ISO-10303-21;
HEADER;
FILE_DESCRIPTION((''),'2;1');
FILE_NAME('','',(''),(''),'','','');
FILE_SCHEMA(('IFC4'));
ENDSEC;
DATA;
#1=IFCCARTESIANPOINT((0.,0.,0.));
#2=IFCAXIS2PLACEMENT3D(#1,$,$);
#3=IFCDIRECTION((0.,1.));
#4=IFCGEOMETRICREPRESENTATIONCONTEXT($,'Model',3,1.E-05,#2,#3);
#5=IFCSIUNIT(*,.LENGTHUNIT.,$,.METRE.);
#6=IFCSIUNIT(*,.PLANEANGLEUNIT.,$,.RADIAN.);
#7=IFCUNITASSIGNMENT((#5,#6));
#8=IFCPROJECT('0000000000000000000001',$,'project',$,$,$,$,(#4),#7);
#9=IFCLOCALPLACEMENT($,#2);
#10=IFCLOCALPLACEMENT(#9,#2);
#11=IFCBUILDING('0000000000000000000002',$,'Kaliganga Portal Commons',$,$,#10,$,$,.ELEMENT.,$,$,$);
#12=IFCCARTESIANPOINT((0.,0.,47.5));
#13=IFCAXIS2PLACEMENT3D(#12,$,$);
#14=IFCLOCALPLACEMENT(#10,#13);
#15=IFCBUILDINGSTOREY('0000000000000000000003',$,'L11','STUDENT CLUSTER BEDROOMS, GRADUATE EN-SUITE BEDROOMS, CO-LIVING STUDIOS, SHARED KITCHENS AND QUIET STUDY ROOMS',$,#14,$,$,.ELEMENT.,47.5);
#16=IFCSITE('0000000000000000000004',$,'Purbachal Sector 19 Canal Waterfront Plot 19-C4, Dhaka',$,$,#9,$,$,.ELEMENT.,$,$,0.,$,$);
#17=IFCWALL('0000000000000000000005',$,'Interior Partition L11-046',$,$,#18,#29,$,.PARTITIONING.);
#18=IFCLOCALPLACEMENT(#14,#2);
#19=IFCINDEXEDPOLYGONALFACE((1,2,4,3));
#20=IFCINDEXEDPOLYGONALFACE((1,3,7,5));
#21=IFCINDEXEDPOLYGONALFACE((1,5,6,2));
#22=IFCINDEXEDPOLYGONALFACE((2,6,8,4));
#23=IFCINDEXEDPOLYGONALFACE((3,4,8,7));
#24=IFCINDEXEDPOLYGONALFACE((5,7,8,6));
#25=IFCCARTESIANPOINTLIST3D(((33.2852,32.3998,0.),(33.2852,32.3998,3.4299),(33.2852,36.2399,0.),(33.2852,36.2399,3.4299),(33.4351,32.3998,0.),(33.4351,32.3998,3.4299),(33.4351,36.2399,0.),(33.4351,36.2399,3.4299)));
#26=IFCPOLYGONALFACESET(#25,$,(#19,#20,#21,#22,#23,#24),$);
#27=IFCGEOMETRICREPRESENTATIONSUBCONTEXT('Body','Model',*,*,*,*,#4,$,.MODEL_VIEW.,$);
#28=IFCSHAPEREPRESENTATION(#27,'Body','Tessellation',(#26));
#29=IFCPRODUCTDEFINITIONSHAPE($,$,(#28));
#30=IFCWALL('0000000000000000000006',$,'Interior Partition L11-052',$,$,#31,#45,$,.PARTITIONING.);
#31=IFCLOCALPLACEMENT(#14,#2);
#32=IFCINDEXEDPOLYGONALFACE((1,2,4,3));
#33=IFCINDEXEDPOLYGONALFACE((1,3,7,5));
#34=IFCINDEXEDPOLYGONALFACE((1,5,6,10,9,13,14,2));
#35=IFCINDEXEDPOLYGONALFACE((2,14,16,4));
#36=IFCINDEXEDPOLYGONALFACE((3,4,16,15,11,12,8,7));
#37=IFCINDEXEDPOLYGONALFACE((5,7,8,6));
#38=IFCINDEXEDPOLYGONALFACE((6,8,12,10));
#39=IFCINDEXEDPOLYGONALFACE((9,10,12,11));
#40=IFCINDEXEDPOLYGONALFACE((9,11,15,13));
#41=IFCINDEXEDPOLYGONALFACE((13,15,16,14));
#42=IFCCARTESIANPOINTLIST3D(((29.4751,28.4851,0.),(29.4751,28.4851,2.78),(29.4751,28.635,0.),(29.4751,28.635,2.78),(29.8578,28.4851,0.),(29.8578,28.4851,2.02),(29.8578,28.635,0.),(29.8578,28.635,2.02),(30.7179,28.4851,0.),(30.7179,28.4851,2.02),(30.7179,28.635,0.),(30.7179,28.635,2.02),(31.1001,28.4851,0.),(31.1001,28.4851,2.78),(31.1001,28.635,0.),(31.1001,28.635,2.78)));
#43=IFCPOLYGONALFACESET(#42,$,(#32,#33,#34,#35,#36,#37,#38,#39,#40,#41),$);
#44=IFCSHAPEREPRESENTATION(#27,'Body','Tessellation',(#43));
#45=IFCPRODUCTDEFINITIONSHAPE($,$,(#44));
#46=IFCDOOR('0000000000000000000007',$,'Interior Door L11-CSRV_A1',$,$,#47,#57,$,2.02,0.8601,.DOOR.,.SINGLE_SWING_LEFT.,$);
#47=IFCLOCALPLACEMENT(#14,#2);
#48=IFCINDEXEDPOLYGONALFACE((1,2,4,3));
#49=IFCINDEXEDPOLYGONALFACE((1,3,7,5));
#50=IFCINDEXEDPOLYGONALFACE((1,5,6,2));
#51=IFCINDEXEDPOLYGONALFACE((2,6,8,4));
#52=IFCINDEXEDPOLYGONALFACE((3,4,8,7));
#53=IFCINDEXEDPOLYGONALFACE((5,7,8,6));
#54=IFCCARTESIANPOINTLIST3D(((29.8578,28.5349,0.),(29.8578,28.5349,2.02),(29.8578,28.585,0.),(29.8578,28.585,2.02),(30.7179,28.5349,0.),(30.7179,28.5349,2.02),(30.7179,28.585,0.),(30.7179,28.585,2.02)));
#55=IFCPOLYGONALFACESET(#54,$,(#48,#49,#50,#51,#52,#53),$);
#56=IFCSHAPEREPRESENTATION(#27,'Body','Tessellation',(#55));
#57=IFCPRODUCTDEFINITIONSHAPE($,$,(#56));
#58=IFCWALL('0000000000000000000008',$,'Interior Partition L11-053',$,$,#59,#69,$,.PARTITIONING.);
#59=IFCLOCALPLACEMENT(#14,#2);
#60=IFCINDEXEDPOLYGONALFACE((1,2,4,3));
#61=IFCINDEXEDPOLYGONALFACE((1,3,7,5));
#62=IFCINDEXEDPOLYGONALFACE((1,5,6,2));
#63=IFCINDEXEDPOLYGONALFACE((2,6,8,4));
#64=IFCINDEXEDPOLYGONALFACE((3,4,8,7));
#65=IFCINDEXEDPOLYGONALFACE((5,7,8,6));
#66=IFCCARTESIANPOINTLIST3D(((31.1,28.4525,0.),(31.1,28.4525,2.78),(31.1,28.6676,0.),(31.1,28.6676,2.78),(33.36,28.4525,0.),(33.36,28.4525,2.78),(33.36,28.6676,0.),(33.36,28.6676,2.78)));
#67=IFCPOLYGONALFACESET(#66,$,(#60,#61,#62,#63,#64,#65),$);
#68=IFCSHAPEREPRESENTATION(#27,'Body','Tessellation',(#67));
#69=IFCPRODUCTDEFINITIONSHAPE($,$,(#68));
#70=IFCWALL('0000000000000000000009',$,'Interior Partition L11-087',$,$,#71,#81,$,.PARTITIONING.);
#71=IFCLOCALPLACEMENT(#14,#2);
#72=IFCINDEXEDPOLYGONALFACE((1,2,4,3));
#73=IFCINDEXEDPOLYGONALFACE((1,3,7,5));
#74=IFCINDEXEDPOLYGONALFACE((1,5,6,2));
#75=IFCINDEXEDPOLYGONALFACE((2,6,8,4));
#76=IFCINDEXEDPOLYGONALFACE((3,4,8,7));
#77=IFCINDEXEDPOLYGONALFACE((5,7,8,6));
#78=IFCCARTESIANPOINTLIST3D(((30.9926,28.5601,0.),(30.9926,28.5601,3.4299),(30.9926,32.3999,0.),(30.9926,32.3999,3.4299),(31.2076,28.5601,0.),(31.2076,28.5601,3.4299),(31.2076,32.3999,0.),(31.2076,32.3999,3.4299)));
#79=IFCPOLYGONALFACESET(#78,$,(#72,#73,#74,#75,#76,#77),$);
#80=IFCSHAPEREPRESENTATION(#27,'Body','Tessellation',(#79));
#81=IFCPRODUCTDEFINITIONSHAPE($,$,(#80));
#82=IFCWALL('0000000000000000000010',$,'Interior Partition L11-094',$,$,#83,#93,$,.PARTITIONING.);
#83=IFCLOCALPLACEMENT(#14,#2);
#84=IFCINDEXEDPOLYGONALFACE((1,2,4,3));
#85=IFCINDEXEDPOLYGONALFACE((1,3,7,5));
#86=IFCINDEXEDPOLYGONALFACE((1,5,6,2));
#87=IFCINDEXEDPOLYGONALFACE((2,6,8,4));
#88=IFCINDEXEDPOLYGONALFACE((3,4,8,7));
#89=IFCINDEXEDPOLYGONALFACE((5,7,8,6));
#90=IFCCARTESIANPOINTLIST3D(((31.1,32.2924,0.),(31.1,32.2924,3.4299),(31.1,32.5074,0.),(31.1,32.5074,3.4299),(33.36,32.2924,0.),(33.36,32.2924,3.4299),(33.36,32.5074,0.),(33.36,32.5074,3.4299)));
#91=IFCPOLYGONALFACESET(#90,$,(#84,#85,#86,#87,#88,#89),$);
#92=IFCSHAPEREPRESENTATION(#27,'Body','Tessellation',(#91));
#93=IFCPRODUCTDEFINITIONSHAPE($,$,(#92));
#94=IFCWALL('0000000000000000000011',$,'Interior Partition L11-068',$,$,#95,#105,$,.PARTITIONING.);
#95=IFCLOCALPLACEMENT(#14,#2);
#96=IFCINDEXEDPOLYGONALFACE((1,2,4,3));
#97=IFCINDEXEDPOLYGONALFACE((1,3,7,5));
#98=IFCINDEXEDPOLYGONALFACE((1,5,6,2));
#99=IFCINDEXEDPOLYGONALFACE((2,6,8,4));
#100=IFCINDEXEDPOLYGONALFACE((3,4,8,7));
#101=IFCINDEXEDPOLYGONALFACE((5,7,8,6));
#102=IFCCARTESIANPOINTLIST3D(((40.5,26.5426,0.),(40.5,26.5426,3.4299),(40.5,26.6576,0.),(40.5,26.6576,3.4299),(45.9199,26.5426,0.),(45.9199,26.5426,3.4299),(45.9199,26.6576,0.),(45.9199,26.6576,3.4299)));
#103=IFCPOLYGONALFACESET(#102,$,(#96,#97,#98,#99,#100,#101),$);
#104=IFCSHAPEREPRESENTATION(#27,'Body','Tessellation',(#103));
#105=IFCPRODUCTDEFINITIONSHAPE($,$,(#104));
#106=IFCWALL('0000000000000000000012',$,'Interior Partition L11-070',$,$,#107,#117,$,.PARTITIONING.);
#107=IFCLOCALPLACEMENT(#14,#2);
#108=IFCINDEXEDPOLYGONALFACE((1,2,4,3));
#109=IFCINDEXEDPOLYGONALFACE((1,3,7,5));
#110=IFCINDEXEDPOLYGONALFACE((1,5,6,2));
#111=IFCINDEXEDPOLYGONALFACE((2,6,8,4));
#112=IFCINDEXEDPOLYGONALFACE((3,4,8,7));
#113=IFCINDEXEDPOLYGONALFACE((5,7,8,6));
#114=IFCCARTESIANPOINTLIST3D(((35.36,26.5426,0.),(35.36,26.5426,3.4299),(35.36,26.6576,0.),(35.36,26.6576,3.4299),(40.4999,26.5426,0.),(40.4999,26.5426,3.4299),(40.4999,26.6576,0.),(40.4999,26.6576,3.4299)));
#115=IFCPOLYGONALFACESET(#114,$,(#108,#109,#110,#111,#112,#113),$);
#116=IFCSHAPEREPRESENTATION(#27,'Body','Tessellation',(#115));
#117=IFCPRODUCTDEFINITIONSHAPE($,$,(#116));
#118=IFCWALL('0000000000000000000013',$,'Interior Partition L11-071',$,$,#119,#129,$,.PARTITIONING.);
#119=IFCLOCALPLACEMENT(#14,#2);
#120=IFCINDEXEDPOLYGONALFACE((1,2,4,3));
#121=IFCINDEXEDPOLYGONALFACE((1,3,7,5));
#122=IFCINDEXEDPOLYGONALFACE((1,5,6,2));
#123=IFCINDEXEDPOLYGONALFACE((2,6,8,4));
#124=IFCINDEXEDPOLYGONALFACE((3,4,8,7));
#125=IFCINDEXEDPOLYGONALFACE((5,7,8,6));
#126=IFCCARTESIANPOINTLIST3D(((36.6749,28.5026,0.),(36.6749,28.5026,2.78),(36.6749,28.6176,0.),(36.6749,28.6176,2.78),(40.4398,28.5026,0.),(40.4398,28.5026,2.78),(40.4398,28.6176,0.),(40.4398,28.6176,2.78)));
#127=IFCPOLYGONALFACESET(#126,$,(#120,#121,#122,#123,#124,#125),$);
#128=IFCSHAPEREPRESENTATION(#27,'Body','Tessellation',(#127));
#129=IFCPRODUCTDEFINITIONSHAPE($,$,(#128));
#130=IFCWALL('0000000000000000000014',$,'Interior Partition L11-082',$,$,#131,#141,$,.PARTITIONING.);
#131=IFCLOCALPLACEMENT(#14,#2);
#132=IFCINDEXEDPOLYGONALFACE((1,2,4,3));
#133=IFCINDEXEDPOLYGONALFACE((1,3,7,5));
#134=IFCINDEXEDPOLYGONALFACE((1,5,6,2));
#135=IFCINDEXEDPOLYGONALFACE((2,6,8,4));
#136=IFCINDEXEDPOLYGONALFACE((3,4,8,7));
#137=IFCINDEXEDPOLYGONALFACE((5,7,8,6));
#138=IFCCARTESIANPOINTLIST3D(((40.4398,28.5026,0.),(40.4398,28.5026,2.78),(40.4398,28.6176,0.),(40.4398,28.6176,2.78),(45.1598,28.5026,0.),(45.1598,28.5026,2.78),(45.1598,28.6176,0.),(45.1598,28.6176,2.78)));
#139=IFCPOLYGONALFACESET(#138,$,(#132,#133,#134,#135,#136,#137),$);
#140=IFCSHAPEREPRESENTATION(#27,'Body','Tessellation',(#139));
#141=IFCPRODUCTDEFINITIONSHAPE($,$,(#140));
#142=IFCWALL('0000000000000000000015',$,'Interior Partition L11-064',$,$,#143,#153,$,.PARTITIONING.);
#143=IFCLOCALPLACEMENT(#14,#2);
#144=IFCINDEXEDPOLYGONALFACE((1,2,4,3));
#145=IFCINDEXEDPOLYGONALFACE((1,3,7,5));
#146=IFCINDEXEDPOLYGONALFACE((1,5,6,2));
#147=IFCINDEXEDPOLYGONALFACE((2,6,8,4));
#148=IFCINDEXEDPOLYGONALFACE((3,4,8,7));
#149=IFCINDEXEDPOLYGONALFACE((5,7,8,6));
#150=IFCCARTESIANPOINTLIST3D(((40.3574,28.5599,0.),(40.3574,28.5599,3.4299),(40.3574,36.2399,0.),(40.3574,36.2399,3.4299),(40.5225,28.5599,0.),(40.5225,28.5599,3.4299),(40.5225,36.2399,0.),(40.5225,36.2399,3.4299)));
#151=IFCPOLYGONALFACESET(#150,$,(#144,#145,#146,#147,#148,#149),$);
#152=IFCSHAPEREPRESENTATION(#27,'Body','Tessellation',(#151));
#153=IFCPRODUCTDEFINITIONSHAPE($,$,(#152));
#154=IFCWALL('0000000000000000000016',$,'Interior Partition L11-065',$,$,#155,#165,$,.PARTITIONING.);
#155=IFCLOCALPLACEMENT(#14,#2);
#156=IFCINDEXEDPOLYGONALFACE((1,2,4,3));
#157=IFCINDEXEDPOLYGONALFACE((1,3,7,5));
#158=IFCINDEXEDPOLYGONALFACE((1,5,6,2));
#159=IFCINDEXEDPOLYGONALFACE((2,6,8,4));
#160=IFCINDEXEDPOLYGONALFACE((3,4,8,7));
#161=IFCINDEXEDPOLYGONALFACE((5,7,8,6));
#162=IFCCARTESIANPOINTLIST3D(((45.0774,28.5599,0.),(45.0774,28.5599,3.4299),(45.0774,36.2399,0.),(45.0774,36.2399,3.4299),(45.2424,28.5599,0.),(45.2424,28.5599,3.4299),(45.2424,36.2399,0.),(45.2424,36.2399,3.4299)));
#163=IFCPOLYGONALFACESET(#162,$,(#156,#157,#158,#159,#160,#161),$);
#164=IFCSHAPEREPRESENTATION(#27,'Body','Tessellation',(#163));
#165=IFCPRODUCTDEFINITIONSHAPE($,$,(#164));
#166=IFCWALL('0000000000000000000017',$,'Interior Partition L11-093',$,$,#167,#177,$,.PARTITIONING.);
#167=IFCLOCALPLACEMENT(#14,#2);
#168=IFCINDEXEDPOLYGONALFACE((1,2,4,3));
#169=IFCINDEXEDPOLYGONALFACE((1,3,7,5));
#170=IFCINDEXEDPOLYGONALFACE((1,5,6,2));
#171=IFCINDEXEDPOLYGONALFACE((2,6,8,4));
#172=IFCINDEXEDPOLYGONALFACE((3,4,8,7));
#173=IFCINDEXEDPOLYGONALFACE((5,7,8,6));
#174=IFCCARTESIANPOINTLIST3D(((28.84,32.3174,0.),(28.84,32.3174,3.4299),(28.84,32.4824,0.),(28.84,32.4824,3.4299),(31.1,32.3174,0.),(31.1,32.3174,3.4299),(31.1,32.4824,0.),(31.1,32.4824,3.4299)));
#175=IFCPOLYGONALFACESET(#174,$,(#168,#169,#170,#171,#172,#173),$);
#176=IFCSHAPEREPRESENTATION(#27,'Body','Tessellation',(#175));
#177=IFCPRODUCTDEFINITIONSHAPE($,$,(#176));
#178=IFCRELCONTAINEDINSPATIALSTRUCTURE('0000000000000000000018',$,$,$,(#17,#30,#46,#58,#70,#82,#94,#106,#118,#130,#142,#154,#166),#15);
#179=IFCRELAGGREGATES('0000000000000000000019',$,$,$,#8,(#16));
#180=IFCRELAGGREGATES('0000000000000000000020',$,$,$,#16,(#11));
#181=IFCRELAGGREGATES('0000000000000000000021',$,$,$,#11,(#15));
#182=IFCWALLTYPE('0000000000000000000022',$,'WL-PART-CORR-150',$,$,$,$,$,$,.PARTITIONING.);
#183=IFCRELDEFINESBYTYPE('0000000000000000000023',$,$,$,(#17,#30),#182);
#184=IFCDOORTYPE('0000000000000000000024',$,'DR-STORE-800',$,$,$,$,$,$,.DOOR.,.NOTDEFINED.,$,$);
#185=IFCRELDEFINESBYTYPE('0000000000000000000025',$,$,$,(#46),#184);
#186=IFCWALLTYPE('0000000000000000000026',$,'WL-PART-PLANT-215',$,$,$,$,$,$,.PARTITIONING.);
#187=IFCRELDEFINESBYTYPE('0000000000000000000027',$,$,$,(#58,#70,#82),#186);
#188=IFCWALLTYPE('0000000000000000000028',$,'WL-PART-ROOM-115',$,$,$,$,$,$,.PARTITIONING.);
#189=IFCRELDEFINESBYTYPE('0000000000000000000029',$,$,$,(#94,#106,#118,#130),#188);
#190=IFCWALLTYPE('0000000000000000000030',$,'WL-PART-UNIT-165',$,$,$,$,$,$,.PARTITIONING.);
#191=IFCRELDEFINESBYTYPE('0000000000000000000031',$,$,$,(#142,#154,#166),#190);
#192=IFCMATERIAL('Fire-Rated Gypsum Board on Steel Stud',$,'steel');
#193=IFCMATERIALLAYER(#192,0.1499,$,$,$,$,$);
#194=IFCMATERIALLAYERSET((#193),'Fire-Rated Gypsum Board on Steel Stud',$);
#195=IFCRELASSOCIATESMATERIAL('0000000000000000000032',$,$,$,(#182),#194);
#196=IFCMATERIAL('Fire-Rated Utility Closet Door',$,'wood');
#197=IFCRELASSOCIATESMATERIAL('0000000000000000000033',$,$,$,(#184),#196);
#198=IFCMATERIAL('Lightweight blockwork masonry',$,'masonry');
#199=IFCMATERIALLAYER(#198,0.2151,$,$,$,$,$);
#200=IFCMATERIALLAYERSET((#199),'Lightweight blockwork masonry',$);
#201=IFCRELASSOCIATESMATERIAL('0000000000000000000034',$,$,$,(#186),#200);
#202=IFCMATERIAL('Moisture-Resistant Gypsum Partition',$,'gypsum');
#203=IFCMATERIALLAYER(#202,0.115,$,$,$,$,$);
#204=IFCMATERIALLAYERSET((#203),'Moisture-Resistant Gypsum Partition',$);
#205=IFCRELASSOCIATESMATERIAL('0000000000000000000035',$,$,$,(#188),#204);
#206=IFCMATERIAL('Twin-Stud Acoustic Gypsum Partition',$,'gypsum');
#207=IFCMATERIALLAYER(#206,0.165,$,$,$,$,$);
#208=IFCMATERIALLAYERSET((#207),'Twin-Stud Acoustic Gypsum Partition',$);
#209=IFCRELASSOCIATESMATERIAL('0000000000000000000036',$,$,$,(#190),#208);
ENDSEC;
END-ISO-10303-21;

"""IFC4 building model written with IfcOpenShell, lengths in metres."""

from ifc_helpers import new_model, si_unit, direction, frame, frame_2d, origin, place, context, subcontext, project, spatial, rectangle, extrude, material, layer, layer_set, type_object, element, fill, save


model = new_model("IFC4")

# Units and contexts
model_context = context("Model", 3, precision=1e-05, world=origin(), true_north=direction((0.0, 1.0)))
body_context = subcontext(model_context, "Body", "Model", "MODEL_VIEW")
ifc_project = project(units=[si_unit("LENGTHUNIT", "METRE"), si_unit("PLANEANGLEUNIT", "RADIAN")], contexts=[model_context])

# Site, building, storey
site_placement = place(None, origin())
site = spatial("IfcSite", under=ifc_project, at=site_placement, Name="Purbachal Sector 19 Canal Waterfront Plot 19-C4, Dhaka", CompositionType="ELEMENT", RefElevation=0.0)
building_placement = place(site_placement, origin())
building = spatial("IfcBuilding", under=site, at=building_placement, Name="Kaliganga Portal Commons", CompositionType="ELEMENT")
storey_placement = place(building_placement, frame((0.0, 0.0, 47.5)))
storey = spatial("IfcBuildingStorey", under=building, at=storey_placement, Name="L11", Description="STUDENT CLUSTER BEDROOMS, GRADUATE EN-SUITE BEDROOMS, CO-LIVING STUDIOS, SHARED KITCHENS AND QUIET STUDY ROOMS", CompositionType="ELEMENT", Elevation=47.5)

# Shared definitions
ifc_material_1 = material(Name="Fire-Rated Gypsum Board on Steel Stud", Category="steel")
ifc_layer_1 = layer(ifc_material_1, 0.1499)
ifc_layer_set_1 = layer_set([ifc_layer_1], Name="Fire-Rated Gypsum Board on Steel Stud")
wall_type_1 = type_object("IfcWallType", Name="WL-PART-CORR-150", PredefinedType="PARTITIONING", material=ifc_layer_set_1)

# Wall
wall_1_placement = place(storey_placement, frame((33.3601, 32.3999, 0.0), z_axis=(0.0, 0.0, 1.0), x_axis=(0.0, 1.0, 0.0)))
element("IfcWall", 1, at=wall_1_placement, inside=storey, type_object=wall_type_1, Name="Interior Partition L11-046", PredefinedType="PARTITIONING", context=body_context, shape_type="SweptSolid", body=[
    extrude(rectangle(XDim=3.8401, YDim=0.1499, at=frame_2d((1.9199, 0.0))), origin(), (0.0, 0.0, 1.0), 3.4299),
])

# Wall, opening, door
wall_2_placement = place(storey_placement, frame((29.4751, 28.5601, 0.0), z_axis=(0.0, 0.0, 1.0), x_axis=(1.0, 0.0, 0.0)))
wall_2 = element("IfcWall", 2, at=wall_2_placement, inside=storey, type_object=wall_type_1, Name="Interior Partition L11-052", PredefinedType="PARTITIONING", context=body_context, shape_type="SweptSolid", body=[
    extrude(rectangle(XDim=1.625, YDim=0.1499, at=frame_2d((0.8125, 0.0))), origin(), (0.0, 0.0, 1.0), 2.78),
])
opening_1_placement = place(wall_2_placement, frame((0.3826, 0.0, 0.0)))
opening_1 = element("IfcOpeningElement", 3, at=opening_1_placement, cuts=wall_2, PredefinedType="OPENING", context=body_context, shape_type="SweptSolid", body=[
    extrude(rectangle(XDim=0.8601, YDim=2.02, at=frame_2d((0.4302, 1.01))), frame((0.0, 0.085, 0.0), z_axis=(0.0, -1.0, 0.0), x_axis=(1.0, 0.0, 0.0)), (0.0, 0.0, 1.0), 0.1699),
])
ifc_material_2 = material(Name="Fire-Rated Utility Closet Door", Category="wood")
door_type_1 = type_object("IfcDoorType", Name="DR-STORE-800", OperationType="NOTDEFINED", PredefinedType="DOOR", material=ifc_material_2)
door_1_placement = place(opening_1_placement, origin())
door_1 = element("IfcDoor", 4, at=door_1_placement, inside=storey, type_object=door_type_1, Name="Interior Door L11-CSRV_A1", OperationType="SINGLE_SWING_LEFT", OverallHeight=2.02, OverallWidth=0.8601, PredefinedType="DOOR", context=body_context, shape_type="SweptSolid", body=[
    extrude(rectangle(XDim=0.8601, YDim=2.02, at=frame_2d((0.4302, 1.01))), frame((0.0, 0.0249, 0.0), z_axis=(0.0, -1.0, 0.0), x_axis=(1.0, 0.0, 0.0)), (0.0, 0.0, 1.0), 0.05),
])
fill(opening_1, door_1)
ifc_material_3 = material(Name="Lightweight blockwork masonry", Category="masonry")
ifc_layer_2 = layer(ifc_material_3, 0.2151)
ifc_layer_set_2 = layer_set([ifc_layer_2], Name="Lightweight blockwork masonry")
wall_type_2 = type_object("IfcWallType", Name="WL-PART-PLANT-215", PredefinedType="PARTITIONING", material=ifc_layer_set_2)

# Walls
wall_3_placement = place(storey_placement, frame((31.1001, 28.5601, 0.0), z_axis=(0.0, 0.0, 1.0), x_axis=(1.0, 0.0, 0.0)))
element("IfcWall", 5, at=wall_3_placement, inside=storey, type_object=wall_type_2, Name="Interior Partition L11-053", PredefinedType="PARTITIONING", context=body_context, shape_type="SweptSolid", body=[
    extrude(rectangle(XDim=2.26, YDim=0.2151, at=frame_2d((1.1299, 0.0))), origin(), (0.0, 0.0, 1.0), 2.78),
])
wall_4_placement = place(storey_placement, frame((31.1001, 28.5601, 0.0), z_axis=(0.0, 0.0, 1.0), x_axis=(0.0, 1.0, 0.0)))
element("IfcWall", 6, at=wall_4_placement, inside=storey, type_object=wall_type_2, Name="Interior Partition L11-087", PredefinedType="PARTITIONING", context=body_context, shape_type="SweptSolid", body=[
    extrude(rectangle(XDim=3.8398, YDim=0.2151, at=frame_2d((1.9199, 0.0))), origin(), (0.0, 0.0, 1.0), 3.4299),
])
wall_5_placement = place(storey_placement, frame((31.1001, 32.3999, 0.0), z_axis=(0.0, 0.0, 1.0), x_axis=(1.0, 0.0, 0.0)))
element("IfcWall", 7, at=wall_5_placement, inside=storey, type_object=wall_type_2, Name="Interior Partition L11-094", PredefinedType="PARTITIONING", context=body_context, shape_type="SweptSolid", body=[
    extrude(rectangle(XDim=2.26, YDim=0.2151, at=frame_2d((1.1299, 0.0))), origin(), (0.0, 0.0, 1.0), 3.4299),
])
ifc_material_4 = material(Name="Moisture-Resistant Gypsum Partition", Category="gypsum")
ifc_layer_3 = layer(ifc_material_4, 0.115)
ifc_layer_set_3 = layer_set([ifc_layer_3], Name="Moisture-Resistant Gypsum Partition")
wall_type_3 = type_object("IfcWallType", Name="WL-PART-ROOM-115", PredefinedType="PARTITIONING", material=ifc_layer_set_3)
wall_6_placement = place(storey_placement, frame((40.5, 26.6001, 0.0), z_axis=(0.0, 0.0, 1.0), x_axis=(1.0, 0.0, 0.0)))
element("IfcWall", 8, at=wall_6_placement, inside=storey, type_object=wall_type_3, Name="Interior Partition L11-068", PredefinedType="PARTITIONING", context=body_context, shape_type="SweptSolid", body=[
    extrude(rectangle(XDim=5.4199, YDim=0.115, at=frame_2d((2.71, 0.0))), origin(), (0.0, 0.0, 1.0), 3.4299),
])
wall_7_placement = place(storey_placement, frame((35.3601, 26.6001, 0.0), z_axis=(0.0, 0.0, 1.0), x_axis=(1.0, 0.0, 0.0)))
element("IfcWall", 9, at=wall_7_placement, inside=storey, type_object=wall_type_3, Name="Interior Partition L11-070", PredefinedType="PARTITIONING", context=body_context, shape_type="SweptSolid", body=[
    extrude(rectangle(XDim=5.1399, YDim=0.115, at=frame_2d((2.5698, 0.0))), origin(), (0.0, 0.0, 1.0), 3.4299),
])
wall_8_placement = place(storey_placement, frame((36.675, 28.5601, 0.0), z_axis=(0.0, 0.0, 1.0), x_axis=(1.0, 0.0, 0.0)))
element("IfcWall", 10, at=wall_8_placement, inside=storey, type_object=wall_type_3, Name="Interior Partition L11-071", PredefinedType="PARTITIONING", context=body_context, shape_type="SweptSolid", body=[
    extrude(rectangle(XDim=3.7649, YDim=0.115, at=frame_2d((1.8823, 0.0))), origin(), (0.0, 0.0, 1.0), 2.78),
])
wall_9_placement = place(storey_placement, frame((40.4399, 28.5601, 0.0), z_axis=(0.0, 0.0, 1.0), x_axis=(1.0, 0.0, 0.0)))
element("IfcWall", 11, at=wall_9_placement, inside=storey, type_object=wall_type_3, Name="Interior Partition L11-082", PredefinedType="PARTITIONING", context=body_context, shape_type="SweptSolid", body=[
    extrude(rectangle(XDim=4.72, YDim=0.115, at=frame_2d((2.3599, 0.0))), origin(), (0.0, 0.0, 1.0), 2.78),
])
ifc_material_5 = material(Name="Twin-Stud Acoustic Gypsum Partition", Category="gypsum")
ifc_layer_4 = layer(ifc_material_5, 0.165)
ifc_layer_set_4 = layer_set([ifc_layer_4], Name="Twin-Stud Acoustic Gypsum Partition")
wall_type_4 = type_object("IfcWallType", Name="WL-PART-UNIT-165", PredefinedType="PARTITIONING", material=ifc_layer_set_4)
for number, where, z_axis, x_axis, name in (
    (12, (40.4399, 28.5601, 0.0), (0.0, 0.0, 1.0), (0.0, 1.0, 0.0), "Interior Partition L11-064"),
    (13, (45.1599, 28.5601, 0.0), (0.0, 0.0, 1.0), (0.0, 1.0, 0.0), "Interior Partition L11-065"),
):
    element("IfcWall", number, at=place(storey_placement, frame(where, z_axis=z_axis, x_axis=x_axis)), inside=storey, type_object=wall_type_4, Name=name, PredefinedType="PARTITIONING", context=body_context, shape_type="SweptSolid", body=[
        extrude(rectangle(XDim=7.6799, YDim=0.165, at=frame_2d((3.8398, 0.0))), origin(), (0.0, 0.0, 1.0), 3.4299),
    ])
wall_10_placement = place(storey_placement, frame((28.8401, 32.3999, 0.0), z_axis=(0.0, 0.0, 1.0), x_axis=(1.0, 0.0, 0.0)))
element("IfcWall", 14, at=wall_10_placement, inside=storey, type_object=wall_type_4, Name="Interior Partition L11-093", PredefinedType="PARTITIONING", context=body_context, shape_type="SweptSolid", body=[
    extrude(rectangle(XDim=2.26, YDim=0.165, at=frame_2d((1.1299, 0.0))), origin(), (0.0, 0.0, 1.0), 3.4299),
])

save(model, "model.ifc")
